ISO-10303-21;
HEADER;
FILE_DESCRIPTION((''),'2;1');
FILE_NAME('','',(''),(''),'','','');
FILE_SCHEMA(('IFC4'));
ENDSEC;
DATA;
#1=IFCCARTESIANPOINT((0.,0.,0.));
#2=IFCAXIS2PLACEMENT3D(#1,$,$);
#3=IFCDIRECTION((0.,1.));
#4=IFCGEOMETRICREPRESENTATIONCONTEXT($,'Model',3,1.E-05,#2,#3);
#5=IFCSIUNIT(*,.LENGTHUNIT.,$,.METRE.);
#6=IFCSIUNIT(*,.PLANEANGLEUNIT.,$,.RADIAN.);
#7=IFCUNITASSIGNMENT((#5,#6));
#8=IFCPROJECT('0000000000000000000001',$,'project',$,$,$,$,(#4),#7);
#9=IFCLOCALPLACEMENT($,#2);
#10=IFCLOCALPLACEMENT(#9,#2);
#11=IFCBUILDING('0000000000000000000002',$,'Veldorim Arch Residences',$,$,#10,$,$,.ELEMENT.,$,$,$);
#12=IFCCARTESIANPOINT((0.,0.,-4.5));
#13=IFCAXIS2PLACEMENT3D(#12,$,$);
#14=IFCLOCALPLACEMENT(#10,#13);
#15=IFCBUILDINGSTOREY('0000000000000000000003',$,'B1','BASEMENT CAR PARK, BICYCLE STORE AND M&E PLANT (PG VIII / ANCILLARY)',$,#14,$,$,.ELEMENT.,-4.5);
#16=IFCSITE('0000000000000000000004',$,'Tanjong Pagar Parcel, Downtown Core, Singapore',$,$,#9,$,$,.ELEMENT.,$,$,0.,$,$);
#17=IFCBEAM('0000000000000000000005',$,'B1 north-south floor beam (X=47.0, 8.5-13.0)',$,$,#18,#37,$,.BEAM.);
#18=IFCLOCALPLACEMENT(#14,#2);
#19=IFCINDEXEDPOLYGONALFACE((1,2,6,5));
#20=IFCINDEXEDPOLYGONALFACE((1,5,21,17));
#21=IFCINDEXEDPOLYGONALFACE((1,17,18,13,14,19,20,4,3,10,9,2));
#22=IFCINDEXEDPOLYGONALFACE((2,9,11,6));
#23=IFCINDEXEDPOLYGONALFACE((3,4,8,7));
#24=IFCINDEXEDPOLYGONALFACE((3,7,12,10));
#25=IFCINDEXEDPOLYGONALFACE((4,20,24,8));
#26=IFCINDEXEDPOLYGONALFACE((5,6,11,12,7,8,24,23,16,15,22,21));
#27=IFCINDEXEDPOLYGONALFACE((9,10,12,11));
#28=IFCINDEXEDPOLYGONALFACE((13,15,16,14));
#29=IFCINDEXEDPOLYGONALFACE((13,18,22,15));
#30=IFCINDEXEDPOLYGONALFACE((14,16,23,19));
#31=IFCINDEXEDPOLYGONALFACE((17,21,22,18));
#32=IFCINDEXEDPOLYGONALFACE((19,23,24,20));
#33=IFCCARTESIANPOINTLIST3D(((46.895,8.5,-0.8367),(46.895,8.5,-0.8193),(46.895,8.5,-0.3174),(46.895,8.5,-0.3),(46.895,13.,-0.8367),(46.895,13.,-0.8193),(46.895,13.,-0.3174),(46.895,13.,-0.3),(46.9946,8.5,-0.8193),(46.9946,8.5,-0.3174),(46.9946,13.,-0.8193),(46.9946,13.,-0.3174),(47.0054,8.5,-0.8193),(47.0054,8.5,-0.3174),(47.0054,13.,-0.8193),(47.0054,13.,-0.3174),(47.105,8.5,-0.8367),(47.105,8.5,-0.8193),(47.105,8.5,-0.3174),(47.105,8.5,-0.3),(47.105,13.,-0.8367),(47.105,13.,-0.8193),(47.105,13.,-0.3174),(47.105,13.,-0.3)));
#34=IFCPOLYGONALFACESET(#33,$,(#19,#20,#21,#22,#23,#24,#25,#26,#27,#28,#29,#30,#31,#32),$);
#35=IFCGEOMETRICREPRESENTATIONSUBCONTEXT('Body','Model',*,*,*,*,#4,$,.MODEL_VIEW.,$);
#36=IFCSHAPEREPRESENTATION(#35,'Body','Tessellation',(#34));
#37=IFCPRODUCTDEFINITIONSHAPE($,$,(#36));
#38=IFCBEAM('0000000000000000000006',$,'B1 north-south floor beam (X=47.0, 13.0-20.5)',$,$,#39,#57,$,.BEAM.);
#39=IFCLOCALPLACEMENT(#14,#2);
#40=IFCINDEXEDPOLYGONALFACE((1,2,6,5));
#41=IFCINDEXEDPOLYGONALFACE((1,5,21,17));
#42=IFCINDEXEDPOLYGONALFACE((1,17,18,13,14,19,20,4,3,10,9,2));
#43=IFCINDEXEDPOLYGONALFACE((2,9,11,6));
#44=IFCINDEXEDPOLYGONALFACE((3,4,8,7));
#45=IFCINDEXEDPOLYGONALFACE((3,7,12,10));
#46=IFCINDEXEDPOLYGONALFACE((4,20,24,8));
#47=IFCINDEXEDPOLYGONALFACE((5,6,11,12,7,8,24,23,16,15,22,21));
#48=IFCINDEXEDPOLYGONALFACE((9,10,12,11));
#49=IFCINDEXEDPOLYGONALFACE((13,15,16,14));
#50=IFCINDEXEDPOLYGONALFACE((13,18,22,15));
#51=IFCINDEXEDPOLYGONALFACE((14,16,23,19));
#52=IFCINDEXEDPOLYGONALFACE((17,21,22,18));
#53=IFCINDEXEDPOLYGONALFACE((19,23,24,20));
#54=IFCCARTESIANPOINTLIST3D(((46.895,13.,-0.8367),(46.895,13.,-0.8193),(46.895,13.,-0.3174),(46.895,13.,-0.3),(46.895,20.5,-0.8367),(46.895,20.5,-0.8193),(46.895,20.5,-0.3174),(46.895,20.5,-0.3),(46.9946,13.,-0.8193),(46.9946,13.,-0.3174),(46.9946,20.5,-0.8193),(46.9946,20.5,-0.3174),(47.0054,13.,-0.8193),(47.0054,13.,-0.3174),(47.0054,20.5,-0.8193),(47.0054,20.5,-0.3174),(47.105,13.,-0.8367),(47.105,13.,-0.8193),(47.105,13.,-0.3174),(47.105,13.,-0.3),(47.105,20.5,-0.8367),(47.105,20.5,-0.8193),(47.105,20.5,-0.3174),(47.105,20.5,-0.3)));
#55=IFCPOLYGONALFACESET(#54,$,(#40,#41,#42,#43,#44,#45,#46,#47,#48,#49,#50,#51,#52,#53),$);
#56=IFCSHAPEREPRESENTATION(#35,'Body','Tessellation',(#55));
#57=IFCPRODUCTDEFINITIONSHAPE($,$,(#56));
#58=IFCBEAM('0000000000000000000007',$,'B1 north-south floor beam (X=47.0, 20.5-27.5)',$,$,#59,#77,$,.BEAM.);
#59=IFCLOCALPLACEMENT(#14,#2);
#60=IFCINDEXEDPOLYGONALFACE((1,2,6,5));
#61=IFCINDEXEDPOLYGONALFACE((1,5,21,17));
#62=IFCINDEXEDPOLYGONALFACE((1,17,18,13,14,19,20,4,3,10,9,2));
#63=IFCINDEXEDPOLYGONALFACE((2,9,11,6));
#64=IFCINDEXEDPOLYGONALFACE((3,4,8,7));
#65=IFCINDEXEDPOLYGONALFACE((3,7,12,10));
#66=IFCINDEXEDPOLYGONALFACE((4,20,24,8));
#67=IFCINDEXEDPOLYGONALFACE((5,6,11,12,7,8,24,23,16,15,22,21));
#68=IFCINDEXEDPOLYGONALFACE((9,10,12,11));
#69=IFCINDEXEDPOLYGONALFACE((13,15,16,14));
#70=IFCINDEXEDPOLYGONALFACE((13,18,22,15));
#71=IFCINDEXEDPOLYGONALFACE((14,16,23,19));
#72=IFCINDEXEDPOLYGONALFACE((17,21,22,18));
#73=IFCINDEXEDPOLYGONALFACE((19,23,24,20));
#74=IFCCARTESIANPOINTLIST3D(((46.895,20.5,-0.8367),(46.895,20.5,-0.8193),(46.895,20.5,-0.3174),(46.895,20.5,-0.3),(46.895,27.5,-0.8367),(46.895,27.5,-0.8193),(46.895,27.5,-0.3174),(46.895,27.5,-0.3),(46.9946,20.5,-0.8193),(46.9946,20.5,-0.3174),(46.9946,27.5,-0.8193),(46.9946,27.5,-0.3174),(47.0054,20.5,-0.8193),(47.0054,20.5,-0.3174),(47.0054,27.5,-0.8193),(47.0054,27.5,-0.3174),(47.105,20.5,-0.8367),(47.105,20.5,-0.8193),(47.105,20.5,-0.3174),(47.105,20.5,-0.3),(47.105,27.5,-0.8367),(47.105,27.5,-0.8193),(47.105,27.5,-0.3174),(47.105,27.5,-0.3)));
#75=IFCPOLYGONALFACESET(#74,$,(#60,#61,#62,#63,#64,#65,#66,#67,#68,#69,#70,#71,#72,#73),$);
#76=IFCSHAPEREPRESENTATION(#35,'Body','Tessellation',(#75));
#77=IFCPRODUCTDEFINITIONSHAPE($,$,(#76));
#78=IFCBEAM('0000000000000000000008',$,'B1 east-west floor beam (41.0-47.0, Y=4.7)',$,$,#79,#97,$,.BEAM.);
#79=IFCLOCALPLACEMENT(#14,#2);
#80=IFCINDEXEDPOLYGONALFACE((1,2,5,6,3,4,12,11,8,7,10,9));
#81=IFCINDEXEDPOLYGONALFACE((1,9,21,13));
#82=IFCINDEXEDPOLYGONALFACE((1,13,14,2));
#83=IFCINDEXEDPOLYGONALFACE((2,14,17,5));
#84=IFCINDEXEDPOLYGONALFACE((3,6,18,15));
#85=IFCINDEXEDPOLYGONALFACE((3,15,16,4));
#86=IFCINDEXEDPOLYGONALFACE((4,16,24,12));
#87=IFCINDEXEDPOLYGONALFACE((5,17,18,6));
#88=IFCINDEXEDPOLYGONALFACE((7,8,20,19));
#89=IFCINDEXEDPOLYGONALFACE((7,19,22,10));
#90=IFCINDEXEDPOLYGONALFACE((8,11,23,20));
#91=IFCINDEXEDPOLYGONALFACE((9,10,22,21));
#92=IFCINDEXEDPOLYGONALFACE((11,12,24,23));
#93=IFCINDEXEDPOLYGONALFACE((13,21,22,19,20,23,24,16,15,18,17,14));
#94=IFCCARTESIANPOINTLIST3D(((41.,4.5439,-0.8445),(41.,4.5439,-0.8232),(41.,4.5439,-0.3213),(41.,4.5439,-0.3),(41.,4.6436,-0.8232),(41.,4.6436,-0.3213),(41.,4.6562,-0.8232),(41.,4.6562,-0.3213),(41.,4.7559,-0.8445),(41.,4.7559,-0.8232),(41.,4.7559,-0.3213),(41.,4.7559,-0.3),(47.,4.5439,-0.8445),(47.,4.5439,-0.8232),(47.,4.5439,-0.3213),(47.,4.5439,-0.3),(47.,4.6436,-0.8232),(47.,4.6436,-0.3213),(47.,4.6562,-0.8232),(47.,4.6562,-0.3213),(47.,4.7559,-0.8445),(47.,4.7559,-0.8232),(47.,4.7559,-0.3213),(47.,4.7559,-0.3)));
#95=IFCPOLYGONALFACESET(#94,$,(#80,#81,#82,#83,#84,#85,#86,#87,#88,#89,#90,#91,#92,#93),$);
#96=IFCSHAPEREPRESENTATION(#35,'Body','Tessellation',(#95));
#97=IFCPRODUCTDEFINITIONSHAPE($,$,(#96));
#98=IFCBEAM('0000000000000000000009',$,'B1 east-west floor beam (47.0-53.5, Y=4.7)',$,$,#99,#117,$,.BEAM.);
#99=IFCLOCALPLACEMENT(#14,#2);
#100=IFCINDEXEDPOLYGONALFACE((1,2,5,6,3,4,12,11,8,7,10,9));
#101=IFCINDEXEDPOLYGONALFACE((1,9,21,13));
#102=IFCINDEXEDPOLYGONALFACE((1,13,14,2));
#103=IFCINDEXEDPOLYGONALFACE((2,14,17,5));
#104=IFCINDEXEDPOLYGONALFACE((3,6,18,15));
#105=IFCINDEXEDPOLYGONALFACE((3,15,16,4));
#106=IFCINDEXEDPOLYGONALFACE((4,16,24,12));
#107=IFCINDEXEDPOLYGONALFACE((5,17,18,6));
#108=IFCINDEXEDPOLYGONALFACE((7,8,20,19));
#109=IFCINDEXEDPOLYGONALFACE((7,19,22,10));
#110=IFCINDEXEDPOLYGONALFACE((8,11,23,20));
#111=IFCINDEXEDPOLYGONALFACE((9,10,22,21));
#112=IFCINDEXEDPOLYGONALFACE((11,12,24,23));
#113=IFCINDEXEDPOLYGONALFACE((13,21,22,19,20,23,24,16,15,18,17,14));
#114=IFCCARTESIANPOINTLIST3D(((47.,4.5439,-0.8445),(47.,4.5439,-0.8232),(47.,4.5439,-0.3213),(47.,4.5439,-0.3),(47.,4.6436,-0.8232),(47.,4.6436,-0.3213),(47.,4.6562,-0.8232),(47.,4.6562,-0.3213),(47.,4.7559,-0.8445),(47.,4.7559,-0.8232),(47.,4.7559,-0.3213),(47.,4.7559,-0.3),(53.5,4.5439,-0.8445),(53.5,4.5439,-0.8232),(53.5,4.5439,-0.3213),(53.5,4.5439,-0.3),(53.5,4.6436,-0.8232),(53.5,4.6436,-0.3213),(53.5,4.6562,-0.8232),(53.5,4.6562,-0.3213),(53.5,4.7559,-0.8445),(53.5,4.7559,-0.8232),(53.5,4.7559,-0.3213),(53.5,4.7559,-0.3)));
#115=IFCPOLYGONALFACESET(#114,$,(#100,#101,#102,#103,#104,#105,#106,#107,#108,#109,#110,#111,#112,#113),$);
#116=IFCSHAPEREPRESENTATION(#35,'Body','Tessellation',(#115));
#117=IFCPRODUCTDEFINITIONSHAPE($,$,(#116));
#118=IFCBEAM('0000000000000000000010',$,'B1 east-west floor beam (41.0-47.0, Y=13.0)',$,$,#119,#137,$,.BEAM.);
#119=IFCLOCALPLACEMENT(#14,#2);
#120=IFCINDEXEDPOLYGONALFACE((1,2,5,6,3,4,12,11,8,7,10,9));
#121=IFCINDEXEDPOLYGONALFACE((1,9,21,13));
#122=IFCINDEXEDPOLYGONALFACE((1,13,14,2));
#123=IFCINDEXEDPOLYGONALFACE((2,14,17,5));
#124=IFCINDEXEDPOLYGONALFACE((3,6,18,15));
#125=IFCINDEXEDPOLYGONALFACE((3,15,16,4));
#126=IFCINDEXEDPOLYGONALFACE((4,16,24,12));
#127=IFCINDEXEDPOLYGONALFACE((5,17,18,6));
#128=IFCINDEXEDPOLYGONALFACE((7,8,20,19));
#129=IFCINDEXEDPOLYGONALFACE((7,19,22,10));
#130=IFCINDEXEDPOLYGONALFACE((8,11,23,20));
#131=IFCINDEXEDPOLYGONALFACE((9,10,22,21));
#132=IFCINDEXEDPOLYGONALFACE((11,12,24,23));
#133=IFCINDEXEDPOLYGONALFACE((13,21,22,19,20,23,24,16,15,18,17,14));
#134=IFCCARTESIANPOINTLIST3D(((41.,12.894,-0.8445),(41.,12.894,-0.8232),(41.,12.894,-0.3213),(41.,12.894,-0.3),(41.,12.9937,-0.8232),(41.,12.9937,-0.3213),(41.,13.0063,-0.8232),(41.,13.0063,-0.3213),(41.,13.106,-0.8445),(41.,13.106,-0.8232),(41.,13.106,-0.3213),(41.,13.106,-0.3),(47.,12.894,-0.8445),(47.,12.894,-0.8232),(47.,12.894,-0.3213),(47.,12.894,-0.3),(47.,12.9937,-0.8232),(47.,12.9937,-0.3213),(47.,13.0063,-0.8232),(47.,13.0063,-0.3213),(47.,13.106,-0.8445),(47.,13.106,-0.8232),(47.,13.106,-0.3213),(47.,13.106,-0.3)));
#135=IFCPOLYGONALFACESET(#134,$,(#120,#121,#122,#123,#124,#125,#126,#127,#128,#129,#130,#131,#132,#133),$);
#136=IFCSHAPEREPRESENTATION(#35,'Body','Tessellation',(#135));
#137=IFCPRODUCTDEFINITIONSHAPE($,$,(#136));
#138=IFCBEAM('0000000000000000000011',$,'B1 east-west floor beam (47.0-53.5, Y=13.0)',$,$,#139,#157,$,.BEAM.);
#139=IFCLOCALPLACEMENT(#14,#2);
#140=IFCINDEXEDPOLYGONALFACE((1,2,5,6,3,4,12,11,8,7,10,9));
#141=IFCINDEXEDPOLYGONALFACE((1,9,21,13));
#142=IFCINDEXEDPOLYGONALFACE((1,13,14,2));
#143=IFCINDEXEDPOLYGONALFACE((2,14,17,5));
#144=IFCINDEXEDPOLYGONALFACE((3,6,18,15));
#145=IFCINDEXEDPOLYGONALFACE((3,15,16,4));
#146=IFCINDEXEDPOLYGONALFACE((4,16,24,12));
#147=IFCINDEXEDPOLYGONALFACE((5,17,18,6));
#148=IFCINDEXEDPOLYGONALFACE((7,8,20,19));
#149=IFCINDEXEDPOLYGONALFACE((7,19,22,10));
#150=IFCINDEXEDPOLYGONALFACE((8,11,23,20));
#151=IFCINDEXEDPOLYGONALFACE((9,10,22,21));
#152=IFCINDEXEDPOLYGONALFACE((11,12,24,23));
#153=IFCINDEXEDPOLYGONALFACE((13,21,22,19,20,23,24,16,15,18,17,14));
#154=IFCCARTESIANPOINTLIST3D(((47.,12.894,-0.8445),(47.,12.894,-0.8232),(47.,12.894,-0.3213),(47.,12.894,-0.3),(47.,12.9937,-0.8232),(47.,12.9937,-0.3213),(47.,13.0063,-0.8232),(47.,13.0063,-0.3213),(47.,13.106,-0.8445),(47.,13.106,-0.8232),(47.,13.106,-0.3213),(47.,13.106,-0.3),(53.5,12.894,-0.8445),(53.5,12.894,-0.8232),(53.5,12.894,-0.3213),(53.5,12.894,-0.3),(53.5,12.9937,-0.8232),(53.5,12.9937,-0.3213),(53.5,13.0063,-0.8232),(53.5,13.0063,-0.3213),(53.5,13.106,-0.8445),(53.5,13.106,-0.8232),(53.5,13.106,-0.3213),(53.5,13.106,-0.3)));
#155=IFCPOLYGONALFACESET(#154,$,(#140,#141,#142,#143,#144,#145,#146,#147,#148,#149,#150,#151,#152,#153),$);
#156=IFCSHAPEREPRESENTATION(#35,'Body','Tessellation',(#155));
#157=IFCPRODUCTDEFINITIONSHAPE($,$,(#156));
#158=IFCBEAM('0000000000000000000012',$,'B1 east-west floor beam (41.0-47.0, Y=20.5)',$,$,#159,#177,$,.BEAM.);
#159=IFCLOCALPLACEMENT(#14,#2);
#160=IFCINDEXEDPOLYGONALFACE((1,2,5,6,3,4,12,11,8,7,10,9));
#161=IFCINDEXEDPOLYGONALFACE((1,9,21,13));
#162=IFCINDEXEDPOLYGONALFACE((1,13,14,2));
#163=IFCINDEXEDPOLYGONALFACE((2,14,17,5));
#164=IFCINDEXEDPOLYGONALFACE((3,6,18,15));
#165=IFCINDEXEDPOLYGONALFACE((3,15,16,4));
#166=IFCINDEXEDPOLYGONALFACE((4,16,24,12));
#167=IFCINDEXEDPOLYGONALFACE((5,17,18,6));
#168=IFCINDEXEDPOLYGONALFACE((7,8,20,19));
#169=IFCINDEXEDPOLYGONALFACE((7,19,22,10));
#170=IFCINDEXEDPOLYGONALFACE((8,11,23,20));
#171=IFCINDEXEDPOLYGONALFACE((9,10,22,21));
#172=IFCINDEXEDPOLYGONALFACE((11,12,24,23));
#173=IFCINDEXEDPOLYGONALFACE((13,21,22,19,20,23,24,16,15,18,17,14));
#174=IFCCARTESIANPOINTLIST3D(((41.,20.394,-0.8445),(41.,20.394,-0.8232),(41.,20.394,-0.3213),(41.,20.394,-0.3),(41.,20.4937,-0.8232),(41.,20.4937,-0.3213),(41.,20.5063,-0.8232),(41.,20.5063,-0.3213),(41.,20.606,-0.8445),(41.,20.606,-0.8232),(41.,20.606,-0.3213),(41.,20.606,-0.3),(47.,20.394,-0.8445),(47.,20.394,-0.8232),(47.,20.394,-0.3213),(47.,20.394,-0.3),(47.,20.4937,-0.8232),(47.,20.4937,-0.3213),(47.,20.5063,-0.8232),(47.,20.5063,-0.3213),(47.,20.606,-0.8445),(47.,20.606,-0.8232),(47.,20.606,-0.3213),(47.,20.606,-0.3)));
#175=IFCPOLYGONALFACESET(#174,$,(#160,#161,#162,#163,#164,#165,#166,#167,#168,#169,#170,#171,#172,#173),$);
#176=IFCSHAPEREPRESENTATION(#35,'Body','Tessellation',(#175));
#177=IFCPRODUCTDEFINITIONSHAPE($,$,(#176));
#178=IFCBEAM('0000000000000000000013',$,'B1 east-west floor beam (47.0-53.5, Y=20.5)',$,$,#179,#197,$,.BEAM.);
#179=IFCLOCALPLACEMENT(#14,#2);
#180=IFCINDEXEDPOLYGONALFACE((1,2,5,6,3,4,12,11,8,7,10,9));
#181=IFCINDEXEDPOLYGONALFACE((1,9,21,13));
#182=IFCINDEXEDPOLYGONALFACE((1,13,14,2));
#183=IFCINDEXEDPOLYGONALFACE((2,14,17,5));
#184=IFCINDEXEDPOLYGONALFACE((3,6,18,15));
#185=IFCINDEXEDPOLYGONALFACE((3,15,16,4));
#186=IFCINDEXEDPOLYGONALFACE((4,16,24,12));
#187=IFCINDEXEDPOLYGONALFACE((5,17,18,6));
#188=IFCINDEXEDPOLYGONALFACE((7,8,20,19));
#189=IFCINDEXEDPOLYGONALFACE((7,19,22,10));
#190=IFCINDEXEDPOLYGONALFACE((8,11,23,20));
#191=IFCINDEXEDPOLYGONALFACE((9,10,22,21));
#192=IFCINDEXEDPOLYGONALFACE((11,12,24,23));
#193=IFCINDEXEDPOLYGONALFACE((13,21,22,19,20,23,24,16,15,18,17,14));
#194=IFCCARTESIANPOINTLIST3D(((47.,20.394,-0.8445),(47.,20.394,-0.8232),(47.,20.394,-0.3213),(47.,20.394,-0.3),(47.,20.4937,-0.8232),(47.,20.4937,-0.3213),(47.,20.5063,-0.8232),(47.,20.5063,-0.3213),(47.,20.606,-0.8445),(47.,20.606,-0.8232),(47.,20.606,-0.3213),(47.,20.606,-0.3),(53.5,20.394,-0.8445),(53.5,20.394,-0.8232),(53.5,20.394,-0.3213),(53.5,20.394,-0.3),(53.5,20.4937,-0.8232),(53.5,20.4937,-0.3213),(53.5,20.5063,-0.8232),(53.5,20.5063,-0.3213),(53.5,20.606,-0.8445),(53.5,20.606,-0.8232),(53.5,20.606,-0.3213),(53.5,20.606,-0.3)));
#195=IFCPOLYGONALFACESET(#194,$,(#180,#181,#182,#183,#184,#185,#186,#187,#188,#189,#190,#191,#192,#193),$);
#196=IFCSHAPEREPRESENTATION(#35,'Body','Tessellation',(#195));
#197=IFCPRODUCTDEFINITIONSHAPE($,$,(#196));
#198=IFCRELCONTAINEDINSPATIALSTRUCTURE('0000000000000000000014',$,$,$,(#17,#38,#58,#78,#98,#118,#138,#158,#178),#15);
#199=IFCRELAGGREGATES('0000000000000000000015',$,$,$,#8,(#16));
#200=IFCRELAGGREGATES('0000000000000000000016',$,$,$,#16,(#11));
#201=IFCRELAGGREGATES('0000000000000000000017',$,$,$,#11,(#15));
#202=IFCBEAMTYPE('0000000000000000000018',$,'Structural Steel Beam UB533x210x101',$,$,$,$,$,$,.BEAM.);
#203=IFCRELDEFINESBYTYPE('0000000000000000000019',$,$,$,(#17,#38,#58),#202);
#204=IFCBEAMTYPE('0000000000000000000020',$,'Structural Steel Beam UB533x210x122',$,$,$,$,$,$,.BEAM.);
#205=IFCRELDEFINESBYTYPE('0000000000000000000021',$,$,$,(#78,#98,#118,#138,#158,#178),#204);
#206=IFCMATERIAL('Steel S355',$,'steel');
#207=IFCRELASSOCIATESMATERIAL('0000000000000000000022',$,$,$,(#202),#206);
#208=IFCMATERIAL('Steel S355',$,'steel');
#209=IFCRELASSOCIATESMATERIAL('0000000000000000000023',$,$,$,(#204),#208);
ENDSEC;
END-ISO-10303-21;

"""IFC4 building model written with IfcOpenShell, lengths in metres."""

from ifc_helpers import new_model, si_unit, direction, frame, origin, origin_2d, place, context, subcontext, project, spatial, i_section, extrude, material, material_profile, profile_set, type_object, element, save


model = new_model("IFC4")

# Units and contexts
model_context = context("Model", 3, precision=1e-05, world=origin(), true_north=direction((0.0, 1.0)))
body_context = subcontext(model_context, "Body", "Model", "MODEL_VIEW")
ifc_project = project(units=[si_unit("LENGTHUNIT", "METRE"), si_unit("PLANEANGLEUNIT", "RADIAN")], contexts=[model_context])

# Site, building, storey
site_placement = place(None, origin())
site = spatial("IfcSite", under=ifc_project, at=site_placement, Name="Tanjong Pagar Parcel, Downtown Core, Singapore", CompositionType="ELEMENT", RefElevation=0.0)
building_placement = place(site_placement, origin())
building = spatial("IfcBuilding", under=site, at=building_placement, Name="Veldorim Arch Residences", CompositionType="ELEMENT")
storey_placement = place(building_placement, frame((0.0, 0.0, -4.5)))
storey = spatial("IfcBuildingStorey", under=building, at=storey_placement, Name="B1", Description="BASEMENT CAR PARK, BICYCLE STORE AND M&E PLANT (PG VIII / ANCILLARY)", CompositionType="ELEMENT", Elevation=-4.5)

# Beams
ifc_material_1 = material(Name="Steel S355", Category="steel")
ifc_material_profile_1 = material_profile(ifc_material_1, i_section(OverallWidth=0.21, OverallDepth=0.5366, WebThickness=0.0107, FlangeThickness=0.0173, at=origin_2d()), Name="UB533x210x101")
ifc_profile_set_1 = profile_set([ifc_material_profile_1], Name="Steel S355")
beam_type_1 = type_object("IfcBeamType", Name="Structural Steel Beam UB533x210x101", PredefinedType="BEAM", material=ifc_profile_set_1)
beam_1_placement = place(storey_placement, frame((47.0, 8.5, -0.5684), z_axis=(0.0, 1.0, 0.0), x_axis=(-1.0, 0.0, 0.0)))
element("IfcBeam", 1, at=beam_1_placement, inside=storey, type_object=beam_type_1, Name="B1 north-south floor beam (X=47.0, 8.5-13.0)", PredefinedType="BEAM", context=body_context, shape_type="SweptSolid", body=[
    extrude(i_section(OverallWidth=0.21, OverallDepth=0.5366, WebThickness=0.0107, FlangeThickness=0.0173, at=origin_2d()), origin(), (0.0, 0.0, 1.0), 4.5),
])
beam_2_placement = place(storey_placement, frame((47.0, 13.0, -0.5684), z_axis=(0.0, 1.0, 0.0), x_axis=(-1.0, 0.0, 0.0)))
element("IfcBeam", 2, at=beam_2_placement, inside=storey, type_object=beam_type_1, Name="B1 north-south floor beam (X=47.0, 13.0-20.5)", PredefinedType="BEAM", context=body_context, shape_type="SweptSolid", body=[
    extrude(i_section(OverallWidth=0.21, OverallDepth=0.5366, WebThickness=0.0107, FlangeThickness=0.0173, at=origin_2d()), origin(), (0.0, 0.0, 1.0), 7.5),
])
beam_3_placement = place(storey_placement, frame((47.0, 20.5, -0.5684), z_axis=(0.0, 1.0, 0.0), x_axis=(-1.0, 0.0, 0.0)))
element("IfcBeam", 3, at=beam_3_placement, inside=storey, type_object=beam_type_1, Name="B1 north-south floor beam (X=47.0, 20.5-27.5)", PredefinedType="BEAM", context=body_context, shape_type="SweptSolid", body=[
    extrude(i_section(OverallWidth=0.21, OverallDepth=0.5366, WebThickness=0.0107, FlangeThickness=0.0173, at=origin_2d()), origin(), (0.0, 0.0, 1.0), 7.0),
])
ifc_material_2 = material(Name="Steel S355", Category="steel")
ifc_material_profile_2 = material_profile(ifc_material_2, i_section(OverallWidth=0.2119, OverallDepth=0.5444, WebThickness=0.0127, FlangeThickness=0.0212, at=origin_2d()), Name="UB533x210x122")
ifc_profile_set_2 = profile_set([ifc_material_profile_2], Name="Steel S355")
beam_type_2 = type_object("IfcBeamType", Name="Structural Steel Beam UB533x210x122", PredefinedType="BEAM", material=ifc_profile_set_2)
beam_4_placement = place(storey_placement, frame((41.0, 4.6499, -0.5723), z_axis=(1.0, 0.0, 0.0), x_axis=(0.0, 1.0, 0.0)))
element("IfcBeam", 4, at=beam_4_placement, inside=storey, type_object=beam_type_2, Name="B1 east-west floor beam (41.0-47.0, Y=4.7)", PredefinedType="BEAM", context=body_context, shape_type="SweptSolid", body=[
    extrude(i_section(OverallWidth=0.2119, OverallDepth=0.5444, WebThickness=0.0127, FlangeThickness=0.0212, at=origin_2d()), origin(), (0.0, 0.0, 1.0), 6.0),
])
beam_5_placement = place(storey_placement, frame((47.0, 4.6499, -0.5723), z_axis=(1.0, 0.0, 0.0), x_axis=(0.0, 1.0, 0.0)))
element("IfcBeam", 5, at=beam_5_placement, inside=storey, type_object=beam_type_2, Name="B1 east-west floor beam (47.0-53.5, Y=4.7)", PredefinedType="BEAM", context=body_context, shape_type="SweptSolid", body=[
    extrude(i_section(OverallWidth=0.2119, OverallDepth=0.5444, WebThickness=0.0127, FlangeThickness=0.0212, at=origin_2d()), origin(), (0.0, 0.0, 1.0), 6.5),
])
beam_6_placement = place(storey_placement, frame((41.0, 13.0, -0.5723), z_axis=(1.0, 0.0, 0.0), x_axis=(0.0, 1.0, 0.0)))
element("IfcBeam", 6, at=beam_6_placement, inside=storey, type_object=beam_type_2, Name="B1 east-west floor beam (41.0-47.0, Y=13.0)", PredefinedType="BEAM", context=body_context, shape_type="SweptSolid", body=[
    extrude(i_section(OverallWidth=0.2119, OverallDepth=0.5444, WebThickness=0.0127, FlangeThickness=0.0212, at=origin_2d()), origin(), (0.0, 0.0, 1.0), 6.0),
])
beam_7_placement = place(storey_placement, frame((47.0, 13.0, -0.5723), z_axis=(1.0, 0.0, 0.0), x_axis=(0.0, 1.0, 0.0)))
element("IfcBeam", 7, at=beam_7_placement, inside=storey, type_object=beam_type_2, Name="B1 east-west floor beam (47.0-53.5, Y=13.0)", PredefinedType="BEAM", context=body_context, shape_type="SweptSolid", body=[
    extrude(i_section(OverallWidth=0.2119, OverallDepth=0.5444, WebThickness=0.0127, FlangeThickness=0.0212, at=origin_2d()), origin(), (0.0, 0.0, 1.0), 6.5),
])
beam_8_placement = place(storey_placement, frame((41.0, 20.5, -0.5723), z_axis=(1.0, 0.0, 0.0), x_axis=(0.0, 1.0, 0.0)))
element("IfcBeam", 8, at=beam_8_placement, inside=storey, type_object=beam_type_2, Name="B1 east-west floor beam (41.0-47.0, Y=20.5)", PredefinedType="BEAM", context=body_context, shape_type="SweptSolid", body=[
    extrude(i_section(OverallWidth=0.2119, OverallDepth=0.5444, WebThickness=0.0127, FlangeThickness=0.0212, at=origin_2d()), origin(), (0.0, 0.0, 1.0), 6.0),
])
beam_9_placement = place(storey_placement, frame((47.0, 20.5, -0.5723), z_axis=(1.0, 0.0, 0.0), x_axis=(0.0, 1.0, 0.0)))
element("IfcBeam", 9, at=beam_9_placement, inside=storey, type_object=beam_type_2, Name="B1 east-west floor beam (47.0-53.5, Y=20.5)", PredefinedType="BEAM", context=body_context, shape_type="SweptSolid", body=[
    extrude(i_section(OverallWidth=0.2119, OverallDepth=0.5444, WebThickness=0.0127, FlangeThickness=0.0212, at=origin_2d()), origin(), (0.0, 0.0, 1.0), 6.5),
])

save(model, "model.ifc")
